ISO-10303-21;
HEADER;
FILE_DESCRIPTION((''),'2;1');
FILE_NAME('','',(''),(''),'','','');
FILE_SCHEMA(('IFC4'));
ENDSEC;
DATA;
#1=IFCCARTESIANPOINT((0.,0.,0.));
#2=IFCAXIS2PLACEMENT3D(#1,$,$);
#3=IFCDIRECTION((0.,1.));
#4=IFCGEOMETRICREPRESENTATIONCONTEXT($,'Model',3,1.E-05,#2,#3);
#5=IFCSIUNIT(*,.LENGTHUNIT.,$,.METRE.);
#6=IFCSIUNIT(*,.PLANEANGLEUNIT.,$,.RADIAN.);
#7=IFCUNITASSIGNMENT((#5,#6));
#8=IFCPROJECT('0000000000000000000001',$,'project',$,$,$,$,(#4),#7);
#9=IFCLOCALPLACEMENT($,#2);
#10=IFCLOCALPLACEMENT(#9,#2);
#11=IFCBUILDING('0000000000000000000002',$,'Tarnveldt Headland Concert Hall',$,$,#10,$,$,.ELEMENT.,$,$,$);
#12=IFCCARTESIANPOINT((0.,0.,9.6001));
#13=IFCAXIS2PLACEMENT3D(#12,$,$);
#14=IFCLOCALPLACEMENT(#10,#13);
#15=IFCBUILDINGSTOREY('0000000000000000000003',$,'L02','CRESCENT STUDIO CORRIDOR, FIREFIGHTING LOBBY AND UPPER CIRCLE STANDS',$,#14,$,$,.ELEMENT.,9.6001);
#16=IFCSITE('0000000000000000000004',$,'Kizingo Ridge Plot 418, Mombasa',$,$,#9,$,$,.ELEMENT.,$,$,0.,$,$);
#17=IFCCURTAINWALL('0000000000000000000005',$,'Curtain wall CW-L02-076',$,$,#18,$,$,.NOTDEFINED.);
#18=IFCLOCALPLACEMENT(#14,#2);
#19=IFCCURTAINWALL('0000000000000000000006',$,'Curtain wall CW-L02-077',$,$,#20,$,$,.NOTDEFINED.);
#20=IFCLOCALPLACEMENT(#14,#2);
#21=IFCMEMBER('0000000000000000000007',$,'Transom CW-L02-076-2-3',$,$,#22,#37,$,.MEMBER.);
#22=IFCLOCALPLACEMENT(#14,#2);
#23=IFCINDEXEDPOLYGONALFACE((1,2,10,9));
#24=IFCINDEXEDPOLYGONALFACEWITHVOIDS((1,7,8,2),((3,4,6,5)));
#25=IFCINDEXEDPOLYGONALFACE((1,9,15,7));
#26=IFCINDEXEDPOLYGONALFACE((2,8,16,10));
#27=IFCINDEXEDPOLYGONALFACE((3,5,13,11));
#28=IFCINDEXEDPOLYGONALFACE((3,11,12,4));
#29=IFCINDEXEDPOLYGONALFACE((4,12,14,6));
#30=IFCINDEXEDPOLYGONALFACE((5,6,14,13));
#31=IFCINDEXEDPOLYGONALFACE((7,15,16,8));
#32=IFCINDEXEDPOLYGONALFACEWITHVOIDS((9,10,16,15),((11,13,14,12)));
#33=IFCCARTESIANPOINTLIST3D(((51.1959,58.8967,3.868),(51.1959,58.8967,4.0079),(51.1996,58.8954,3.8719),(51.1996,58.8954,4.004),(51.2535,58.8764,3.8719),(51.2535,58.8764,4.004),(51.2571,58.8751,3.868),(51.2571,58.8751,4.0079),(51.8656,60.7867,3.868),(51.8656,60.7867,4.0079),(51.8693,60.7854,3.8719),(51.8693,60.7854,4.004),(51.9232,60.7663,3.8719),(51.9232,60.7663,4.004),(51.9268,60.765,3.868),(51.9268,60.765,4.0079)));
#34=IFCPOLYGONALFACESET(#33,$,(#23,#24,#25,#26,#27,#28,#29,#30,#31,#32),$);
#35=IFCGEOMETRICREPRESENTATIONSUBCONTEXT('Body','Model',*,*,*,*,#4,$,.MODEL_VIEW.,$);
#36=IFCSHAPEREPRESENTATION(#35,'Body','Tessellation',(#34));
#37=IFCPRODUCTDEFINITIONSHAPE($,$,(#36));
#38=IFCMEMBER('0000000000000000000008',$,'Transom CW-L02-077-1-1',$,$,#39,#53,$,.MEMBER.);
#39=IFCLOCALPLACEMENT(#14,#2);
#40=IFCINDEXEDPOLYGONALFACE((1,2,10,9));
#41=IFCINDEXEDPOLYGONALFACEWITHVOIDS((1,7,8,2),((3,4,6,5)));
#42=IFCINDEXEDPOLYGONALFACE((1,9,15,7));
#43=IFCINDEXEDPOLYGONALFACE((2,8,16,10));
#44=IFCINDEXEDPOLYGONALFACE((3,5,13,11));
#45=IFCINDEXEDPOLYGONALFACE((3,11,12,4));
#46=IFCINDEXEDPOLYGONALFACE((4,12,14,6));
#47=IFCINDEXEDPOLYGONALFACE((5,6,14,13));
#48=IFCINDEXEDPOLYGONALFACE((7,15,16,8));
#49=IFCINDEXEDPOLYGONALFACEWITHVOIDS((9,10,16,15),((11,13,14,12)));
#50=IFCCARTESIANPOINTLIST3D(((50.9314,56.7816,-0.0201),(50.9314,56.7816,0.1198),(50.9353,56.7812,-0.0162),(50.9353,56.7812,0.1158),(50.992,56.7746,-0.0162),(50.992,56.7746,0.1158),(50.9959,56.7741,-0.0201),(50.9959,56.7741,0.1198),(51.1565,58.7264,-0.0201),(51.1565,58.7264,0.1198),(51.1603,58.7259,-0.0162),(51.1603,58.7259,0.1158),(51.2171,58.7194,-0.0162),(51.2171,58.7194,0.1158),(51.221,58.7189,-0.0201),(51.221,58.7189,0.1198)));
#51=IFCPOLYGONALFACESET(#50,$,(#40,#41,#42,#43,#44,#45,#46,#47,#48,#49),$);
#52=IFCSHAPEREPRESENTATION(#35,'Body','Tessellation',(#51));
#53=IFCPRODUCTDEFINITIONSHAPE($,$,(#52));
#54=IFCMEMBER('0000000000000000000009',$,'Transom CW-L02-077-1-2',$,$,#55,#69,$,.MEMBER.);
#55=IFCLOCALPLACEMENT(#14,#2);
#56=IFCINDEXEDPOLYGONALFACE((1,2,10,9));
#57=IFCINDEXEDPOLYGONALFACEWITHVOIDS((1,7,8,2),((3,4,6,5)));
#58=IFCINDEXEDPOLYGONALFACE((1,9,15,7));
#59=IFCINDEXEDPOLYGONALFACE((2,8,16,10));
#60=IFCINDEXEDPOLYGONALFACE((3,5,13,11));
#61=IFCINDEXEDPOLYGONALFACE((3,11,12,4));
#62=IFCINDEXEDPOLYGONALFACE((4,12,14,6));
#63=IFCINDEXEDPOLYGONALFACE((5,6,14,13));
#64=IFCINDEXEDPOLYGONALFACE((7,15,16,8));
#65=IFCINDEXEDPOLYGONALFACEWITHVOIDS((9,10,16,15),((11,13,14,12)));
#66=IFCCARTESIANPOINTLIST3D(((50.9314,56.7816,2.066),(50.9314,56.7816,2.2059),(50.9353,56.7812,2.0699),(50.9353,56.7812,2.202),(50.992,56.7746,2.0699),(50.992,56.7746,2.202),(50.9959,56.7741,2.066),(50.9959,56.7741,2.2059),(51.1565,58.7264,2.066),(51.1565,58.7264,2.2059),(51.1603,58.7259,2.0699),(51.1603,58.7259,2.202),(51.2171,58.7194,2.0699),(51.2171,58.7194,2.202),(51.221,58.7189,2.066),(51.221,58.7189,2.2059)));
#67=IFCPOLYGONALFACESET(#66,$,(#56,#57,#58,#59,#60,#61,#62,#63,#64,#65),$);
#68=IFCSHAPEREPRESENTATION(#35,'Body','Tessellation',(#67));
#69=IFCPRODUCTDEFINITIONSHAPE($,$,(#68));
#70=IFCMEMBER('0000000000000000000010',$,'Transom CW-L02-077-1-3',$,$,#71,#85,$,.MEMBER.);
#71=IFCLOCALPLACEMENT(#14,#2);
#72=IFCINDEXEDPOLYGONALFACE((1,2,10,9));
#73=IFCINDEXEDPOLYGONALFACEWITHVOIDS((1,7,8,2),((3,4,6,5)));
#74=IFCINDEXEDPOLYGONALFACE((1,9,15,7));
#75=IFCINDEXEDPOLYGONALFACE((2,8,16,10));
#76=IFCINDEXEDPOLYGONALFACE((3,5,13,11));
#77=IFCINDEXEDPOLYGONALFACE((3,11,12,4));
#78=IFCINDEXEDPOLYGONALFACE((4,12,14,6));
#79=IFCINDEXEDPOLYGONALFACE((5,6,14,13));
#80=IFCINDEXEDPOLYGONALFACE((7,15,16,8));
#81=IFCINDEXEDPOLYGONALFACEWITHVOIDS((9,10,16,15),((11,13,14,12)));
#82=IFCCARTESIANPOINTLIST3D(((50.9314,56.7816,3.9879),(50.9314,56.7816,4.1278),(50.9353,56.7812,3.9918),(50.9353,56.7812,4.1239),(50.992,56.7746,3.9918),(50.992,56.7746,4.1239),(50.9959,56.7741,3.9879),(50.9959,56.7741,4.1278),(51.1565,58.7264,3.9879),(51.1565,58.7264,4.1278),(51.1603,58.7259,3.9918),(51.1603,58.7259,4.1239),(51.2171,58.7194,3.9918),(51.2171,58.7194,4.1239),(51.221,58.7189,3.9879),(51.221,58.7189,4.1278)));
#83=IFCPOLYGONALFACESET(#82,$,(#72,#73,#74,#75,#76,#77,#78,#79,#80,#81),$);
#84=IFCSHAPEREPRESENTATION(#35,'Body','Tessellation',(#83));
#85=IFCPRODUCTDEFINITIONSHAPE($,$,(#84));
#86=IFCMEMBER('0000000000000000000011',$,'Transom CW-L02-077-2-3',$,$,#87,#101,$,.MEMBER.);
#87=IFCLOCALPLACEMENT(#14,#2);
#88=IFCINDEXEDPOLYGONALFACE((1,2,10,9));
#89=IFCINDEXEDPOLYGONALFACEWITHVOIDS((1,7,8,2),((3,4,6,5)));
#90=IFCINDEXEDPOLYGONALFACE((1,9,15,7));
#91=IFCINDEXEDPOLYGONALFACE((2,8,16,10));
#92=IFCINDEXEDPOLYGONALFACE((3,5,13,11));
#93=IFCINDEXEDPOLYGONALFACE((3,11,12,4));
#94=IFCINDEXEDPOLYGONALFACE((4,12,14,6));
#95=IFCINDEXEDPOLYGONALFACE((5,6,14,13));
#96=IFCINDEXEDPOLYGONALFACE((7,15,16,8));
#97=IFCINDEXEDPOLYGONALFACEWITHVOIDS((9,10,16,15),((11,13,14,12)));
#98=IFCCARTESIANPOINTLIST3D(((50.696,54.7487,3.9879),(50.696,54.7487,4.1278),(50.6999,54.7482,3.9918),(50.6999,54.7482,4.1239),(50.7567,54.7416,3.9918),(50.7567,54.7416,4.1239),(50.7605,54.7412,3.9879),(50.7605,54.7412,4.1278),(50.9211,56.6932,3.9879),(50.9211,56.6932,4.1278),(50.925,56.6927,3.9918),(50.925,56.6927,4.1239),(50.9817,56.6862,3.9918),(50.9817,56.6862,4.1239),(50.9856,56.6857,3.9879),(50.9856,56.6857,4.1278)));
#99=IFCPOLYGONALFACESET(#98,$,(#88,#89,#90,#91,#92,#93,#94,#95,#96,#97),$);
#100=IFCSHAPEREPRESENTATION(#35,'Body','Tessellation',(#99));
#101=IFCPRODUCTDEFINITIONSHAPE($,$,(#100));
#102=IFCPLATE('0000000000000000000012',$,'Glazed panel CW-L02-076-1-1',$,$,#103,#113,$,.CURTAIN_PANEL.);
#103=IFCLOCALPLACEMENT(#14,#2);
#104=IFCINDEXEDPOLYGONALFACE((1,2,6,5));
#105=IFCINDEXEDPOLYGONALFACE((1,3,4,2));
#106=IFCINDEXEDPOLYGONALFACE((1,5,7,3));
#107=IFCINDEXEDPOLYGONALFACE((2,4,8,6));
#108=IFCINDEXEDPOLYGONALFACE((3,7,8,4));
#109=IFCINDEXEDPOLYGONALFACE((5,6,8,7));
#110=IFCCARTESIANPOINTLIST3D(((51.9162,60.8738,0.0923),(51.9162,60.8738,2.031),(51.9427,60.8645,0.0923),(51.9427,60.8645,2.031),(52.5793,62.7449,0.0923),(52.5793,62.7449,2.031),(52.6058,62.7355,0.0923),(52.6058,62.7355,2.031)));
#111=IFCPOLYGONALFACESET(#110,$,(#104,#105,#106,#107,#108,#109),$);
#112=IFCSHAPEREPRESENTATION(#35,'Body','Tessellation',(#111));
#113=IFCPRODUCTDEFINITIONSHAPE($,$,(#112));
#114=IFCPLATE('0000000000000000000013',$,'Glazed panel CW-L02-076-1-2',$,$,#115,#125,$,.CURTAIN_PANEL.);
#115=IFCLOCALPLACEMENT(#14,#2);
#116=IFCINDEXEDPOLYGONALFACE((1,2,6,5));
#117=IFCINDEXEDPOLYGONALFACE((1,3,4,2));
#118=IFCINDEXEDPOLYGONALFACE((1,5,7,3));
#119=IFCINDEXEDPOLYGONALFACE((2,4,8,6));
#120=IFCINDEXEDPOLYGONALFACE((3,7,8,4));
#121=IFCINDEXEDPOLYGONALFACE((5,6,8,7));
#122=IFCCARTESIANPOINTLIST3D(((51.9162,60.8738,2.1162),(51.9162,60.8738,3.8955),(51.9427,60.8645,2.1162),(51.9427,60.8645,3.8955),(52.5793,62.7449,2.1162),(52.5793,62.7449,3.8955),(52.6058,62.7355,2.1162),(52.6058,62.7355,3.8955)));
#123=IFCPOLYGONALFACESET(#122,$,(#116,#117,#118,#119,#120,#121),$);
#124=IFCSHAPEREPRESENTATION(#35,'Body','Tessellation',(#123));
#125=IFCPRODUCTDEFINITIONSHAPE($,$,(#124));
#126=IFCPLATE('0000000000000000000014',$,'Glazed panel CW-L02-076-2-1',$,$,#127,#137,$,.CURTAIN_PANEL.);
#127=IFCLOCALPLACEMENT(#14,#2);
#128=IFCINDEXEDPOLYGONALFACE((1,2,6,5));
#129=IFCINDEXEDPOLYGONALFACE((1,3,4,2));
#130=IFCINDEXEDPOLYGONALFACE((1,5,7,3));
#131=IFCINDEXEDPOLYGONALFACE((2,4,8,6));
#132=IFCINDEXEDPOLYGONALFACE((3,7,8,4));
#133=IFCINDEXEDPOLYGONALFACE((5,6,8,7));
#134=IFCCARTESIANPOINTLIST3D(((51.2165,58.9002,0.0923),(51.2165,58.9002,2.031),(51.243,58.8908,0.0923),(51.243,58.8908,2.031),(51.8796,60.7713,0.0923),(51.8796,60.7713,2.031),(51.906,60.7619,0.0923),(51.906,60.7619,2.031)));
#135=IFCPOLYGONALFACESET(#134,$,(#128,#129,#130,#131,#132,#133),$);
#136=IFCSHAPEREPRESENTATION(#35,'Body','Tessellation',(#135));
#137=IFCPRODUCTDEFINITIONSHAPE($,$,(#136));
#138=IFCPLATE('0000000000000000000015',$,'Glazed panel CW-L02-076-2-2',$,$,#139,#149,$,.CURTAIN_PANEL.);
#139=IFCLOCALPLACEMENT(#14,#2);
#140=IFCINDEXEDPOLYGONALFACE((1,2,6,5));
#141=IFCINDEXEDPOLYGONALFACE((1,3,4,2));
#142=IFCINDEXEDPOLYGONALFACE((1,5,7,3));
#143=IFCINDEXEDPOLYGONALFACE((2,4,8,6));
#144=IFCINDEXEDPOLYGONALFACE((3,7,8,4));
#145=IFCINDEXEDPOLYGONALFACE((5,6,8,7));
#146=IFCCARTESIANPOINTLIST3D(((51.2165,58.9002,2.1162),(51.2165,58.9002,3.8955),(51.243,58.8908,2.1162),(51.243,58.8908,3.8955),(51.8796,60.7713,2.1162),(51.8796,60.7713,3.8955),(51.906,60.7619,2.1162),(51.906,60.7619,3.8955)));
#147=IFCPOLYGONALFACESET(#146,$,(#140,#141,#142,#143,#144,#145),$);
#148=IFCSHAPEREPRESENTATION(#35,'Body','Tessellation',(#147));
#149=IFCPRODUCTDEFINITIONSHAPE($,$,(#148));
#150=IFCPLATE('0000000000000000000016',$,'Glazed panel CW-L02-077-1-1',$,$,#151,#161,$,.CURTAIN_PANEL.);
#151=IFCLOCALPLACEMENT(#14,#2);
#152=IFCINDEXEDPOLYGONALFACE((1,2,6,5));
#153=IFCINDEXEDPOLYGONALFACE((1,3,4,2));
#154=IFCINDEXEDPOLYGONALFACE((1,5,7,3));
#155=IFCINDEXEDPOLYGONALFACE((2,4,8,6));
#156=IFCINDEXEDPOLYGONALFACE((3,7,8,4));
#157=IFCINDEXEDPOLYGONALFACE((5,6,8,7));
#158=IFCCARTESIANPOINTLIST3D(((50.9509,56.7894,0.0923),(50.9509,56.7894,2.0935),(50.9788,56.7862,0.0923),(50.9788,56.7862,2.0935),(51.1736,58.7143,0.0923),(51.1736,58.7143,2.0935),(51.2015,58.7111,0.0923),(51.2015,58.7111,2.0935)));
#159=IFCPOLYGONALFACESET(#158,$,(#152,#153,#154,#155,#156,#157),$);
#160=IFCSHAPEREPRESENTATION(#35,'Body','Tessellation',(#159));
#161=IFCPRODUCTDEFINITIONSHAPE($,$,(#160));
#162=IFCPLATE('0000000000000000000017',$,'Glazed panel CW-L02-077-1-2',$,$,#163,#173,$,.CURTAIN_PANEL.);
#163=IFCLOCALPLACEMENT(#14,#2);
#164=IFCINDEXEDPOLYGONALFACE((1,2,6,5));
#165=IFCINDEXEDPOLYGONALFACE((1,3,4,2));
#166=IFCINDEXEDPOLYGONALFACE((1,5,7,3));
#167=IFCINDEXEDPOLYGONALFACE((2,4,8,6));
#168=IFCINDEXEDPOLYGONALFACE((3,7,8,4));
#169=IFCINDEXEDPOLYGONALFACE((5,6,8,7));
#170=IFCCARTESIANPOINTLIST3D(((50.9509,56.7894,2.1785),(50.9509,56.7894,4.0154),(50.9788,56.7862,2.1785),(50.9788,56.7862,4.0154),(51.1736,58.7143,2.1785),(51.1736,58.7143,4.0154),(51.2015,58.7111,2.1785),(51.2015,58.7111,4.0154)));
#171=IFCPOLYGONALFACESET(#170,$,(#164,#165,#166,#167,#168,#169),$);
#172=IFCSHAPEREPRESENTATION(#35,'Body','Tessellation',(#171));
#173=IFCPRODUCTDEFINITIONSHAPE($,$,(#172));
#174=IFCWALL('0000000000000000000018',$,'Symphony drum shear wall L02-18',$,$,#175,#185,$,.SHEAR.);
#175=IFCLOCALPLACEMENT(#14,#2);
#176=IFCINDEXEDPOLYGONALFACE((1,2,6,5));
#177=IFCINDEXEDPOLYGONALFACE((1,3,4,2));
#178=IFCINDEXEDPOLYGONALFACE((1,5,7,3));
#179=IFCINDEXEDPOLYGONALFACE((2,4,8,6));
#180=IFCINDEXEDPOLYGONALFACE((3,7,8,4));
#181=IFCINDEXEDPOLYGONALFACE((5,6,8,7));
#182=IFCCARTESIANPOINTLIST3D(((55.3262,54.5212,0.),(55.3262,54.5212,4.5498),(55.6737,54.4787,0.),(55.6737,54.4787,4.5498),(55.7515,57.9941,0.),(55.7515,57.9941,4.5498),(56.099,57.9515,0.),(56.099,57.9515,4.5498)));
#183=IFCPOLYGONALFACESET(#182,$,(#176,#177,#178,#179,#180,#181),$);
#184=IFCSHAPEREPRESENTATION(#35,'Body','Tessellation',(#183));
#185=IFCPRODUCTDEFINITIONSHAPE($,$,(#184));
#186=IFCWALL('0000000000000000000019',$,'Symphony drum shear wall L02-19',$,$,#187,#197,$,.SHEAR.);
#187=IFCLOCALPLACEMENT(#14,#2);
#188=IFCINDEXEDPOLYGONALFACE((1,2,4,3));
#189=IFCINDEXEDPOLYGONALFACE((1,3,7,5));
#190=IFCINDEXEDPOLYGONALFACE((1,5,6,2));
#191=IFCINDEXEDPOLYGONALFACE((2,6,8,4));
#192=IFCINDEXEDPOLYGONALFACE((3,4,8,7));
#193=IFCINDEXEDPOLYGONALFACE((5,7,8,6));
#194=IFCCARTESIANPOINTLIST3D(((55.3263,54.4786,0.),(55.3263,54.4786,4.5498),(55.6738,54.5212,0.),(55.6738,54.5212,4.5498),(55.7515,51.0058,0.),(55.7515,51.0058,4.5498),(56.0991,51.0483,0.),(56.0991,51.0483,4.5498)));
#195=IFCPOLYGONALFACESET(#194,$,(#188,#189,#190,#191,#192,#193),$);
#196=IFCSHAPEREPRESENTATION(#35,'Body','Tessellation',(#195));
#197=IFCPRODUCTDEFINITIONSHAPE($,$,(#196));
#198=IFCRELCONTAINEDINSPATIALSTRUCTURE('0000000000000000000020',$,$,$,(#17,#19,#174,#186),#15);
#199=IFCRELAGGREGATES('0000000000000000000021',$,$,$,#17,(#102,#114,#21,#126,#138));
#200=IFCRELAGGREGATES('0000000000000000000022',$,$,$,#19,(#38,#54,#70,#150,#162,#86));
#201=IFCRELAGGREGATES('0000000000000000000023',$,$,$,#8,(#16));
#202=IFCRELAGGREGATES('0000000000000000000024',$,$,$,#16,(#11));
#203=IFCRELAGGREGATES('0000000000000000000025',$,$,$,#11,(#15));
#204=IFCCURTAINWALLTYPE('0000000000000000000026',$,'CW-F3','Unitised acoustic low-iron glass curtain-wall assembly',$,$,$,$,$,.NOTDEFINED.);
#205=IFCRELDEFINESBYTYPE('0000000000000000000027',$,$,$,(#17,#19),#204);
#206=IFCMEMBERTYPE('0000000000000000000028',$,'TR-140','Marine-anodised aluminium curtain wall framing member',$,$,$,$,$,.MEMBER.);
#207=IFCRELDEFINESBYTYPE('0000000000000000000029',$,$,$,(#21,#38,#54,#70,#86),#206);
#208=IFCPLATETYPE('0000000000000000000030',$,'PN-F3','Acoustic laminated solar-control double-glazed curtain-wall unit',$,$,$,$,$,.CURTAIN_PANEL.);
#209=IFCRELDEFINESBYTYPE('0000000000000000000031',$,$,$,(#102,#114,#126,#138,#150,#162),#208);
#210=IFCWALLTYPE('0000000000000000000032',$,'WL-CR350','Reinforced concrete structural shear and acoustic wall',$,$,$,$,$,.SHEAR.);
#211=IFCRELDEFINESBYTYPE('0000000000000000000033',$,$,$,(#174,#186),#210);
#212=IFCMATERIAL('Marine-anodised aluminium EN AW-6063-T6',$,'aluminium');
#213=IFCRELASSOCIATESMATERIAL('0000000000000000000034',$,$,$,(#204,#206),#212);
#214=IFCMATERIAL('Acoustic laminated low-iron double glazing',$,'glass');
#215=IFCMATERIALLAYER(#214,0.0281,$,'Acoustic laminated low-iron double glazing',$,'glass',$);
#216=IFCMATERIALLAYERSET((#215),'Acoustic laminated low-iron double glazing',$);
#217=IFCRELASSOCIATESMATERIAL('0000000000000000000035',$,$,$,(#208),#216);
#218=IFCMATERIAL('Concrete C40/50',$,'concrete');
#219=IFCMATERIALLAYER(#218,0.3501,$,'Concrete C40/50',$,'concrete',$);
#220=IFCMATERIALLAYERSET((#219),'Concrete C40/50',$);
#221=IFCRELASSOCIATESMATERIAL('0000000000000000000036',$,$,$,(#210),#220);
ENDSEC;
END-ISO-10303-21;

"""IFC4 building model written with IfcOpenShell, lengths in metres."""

from ifc_helpers import new_model, si_unit, direction, frame, frame_2d, origin, origin_2d, place, context, subcontext, project, spatial, rectangle, hollow_rectangle, extrude, material, layer, layer_set, material_profile, profile_set, type_object, element, aggregate, save


model = new_model("IFC4")

# Units and contexts
model_context = context("Model", 3, precision=1e-05, world=origin(), true_north=direction((0.0, 1.0)))
body_context = subcontext(model_context, "Body", "Model", "MODEL_VIEW")
ifc_project = project(units=[si_unit("LENGTHUNIT", "METRE"), si_unit("PLANEANGLEUNIT", "RADIAN")], contexts=[model_context])

# Site, building, storey
site_placement = place(None, origin())
site = spatial("IfcSite", under=ifc_project, at=site_placement, Name="Kizingo Ridge Plot 418, Mombasa", CompositionType="ELEMENT", RefElevation=0.0)
building_placement = place(site_placement, origin())
building = spatial("IfcBuilding", under=site, at=building_placement, Name="Tarnveldt Headland Concert Hall", CompositionType="ELEMENT")
storey_placement = place(building_placement, frame((0.0, 0.0, 9.6001)))
storey = spatial("IfcBuildingStorey", under=building, at=storey_placement, Name="L02", Description="CRESCENT STUDIO CORRIDOR, FIREFIGHTING LOBBY AND UPPER CIRCLE STANDS", CompositionType="ELEMENT", Elevation=9.6001)

# Shared definitions
ifc_material_1 = material(Name="Concrete C40/50", Category="concrete")

# Curtain walls
ifc_material_2 = material(Name="Marine-anodised aluminium EN AW-6063-T6", Category="aluminium")
curtain_wall_type = type_object("IfcCurtainWallType", Name="CW-F3", Description="Unitised acoustic low-iron glass curtain-wall assembly", PredefinedType="NOTDEFINED", material=ifc_material_2)
curtain_wall_1_placement = place(storey_placement, origin())
curtain_wall_1 = element("IfcCurtainWall", 1, at=curtain_wall_1_placement, inside=storey, type_object=curtain_wall_type, Name="Curtain wall CW-L02-076", PredefinedType="NOTDEFINED")
curtain_wall_2_placement = place(storey_placement, origin())
curtain_wall_2 = element("IfcCurtainWall", 2, at=curtain_wall_2_placement, inside=storey, type_object=curtain_wall_type, Name="Curtain wall CW-L02-077", PredefinedType="NOTDEFINED")

# Members
ifc_material_profile_1 = material_profile(ifc_material_2, hollow_rectangle(XDim=0.0649, YDim=0.1399, WallThickness=0.0039, at=origin_2d()), Name="ALU TRANSOM 65x140x4", Category="aluminium")
ifc_profile_set_1 = profile_set([ifc_material_profile_1], Name="Marine-anodised aluminium EN AW-6063-T6")
member_type_1 = type_object("IfcMemberType", Name="TR-140", Description="Marine-anodised aluminium curtain wall framing member", PredefinedType="MEMBER", material=ifc_profile_set_1)
member_1_placement = place(storey_placement, frame((51.8962, 60.7759, 3.938), z_axis=(-0.333998, -0.942574, 0.0), x_axis=(0.942574, -0.333998, 0.0)))
member_1 = element("IfcMember", 3, at=member_1_placement, type_object=member_type_1, Name="Transom CW-L02-076-2-3", PredefinedType="MEMBER", context=body_context, shape_type="SweptSolid", body=[
    extrude(hollow_rectangle(XDim=0.0649, YDim=0.1399, WallThickness=0.0039, at=origin_2d()), origin(), (0.0, 0.0, 1.0), 2.0051),
])
member_2_placement = place(storey_placement, frame((51.1887, 58.7227, 0.0498), z_axis=(-0.114974, -0.993368, 0.0), x_axis=(0.993368, -0.114974, 0.0)))
member_2 = element("IfcMember", 4, at=member_2_placement, type_object=member_type_1, Name="Transom CW-L02-077-1-1", PredefinedType="MEMBER", context=body_context, shape_type="SweptSolid", body=[
    extrude(hollow_rectangle(XDim=0.0649, YDim=0.1399, WallThickness=0.0039, at=origin_2d()), origin(), (0.0, 0.0, 1.0), 1.9578),
])
member_3_placement = place(storey_placement, frame((51.1887, 58.7227, 2.136), z_axis=(-0.114974, -0.993368, 0.0), x_axis=(0.993368, -0.114974, 0.0)))
member_3 = element("IfcMember", 5, at=member_3_placement, type_object=member_type_1, Name="Transom CW-L02-077-1-2", PredefinedType="MEMBER", context=body_context, shape_type="SweptSolid", body=[
    extrude(hollow_rectangle(XDim=0.0649, YDim=0.1399, WallThickness=0.0039, at=origin_2d()), origin(), (0.0, 0.0, 1.0), 1.9578),
])
member_4_placement = place(storey_placement, frame((51.1887, 58.7227, 4.0579), z_axis=(-0.114974, -0.993368, 0.0), x_axis=(0.993368, -0.114974, 0.0)))
member_4 = element("IfcMember", 6, at=member_4_placement, type_object=member_type_1, Name="Transom CW-L02-077-1-3", PredefinedType="MEMBER", context=body_context, shape_type="SweptSolid", body=[
    extrude(hollow_rectangle(XDim=0.0649, YDim=0.1399, WallThickness=0.0039, at=origin_2d()), origin(), (0.0, 0.0, 1.0), 1.9578),
])
member_5_placement = place(storey_placement, frame((50.9534, 56.6895, 4.0579), z_axis=(-0.114989, -0.993367, 0.0), x_axis=(0.993367, -0.114989, 0.0)))
member_5 = element("IfcMember", 7, at=member_5_placement, type_object=member_type_1, Name="Transom CW-L02-077-2-3", PredefinedType="MEMBER", context=body_context, shape_type="SweptSolid", body=[
    extrude(hollow_rectangle(XDim=0.0649, YDim=0.1399, WallThickness=0.0039, at=origin_2d()), origin(), (0.0, 0.0, 1.0), 1.9575),
])

# Plates
ifc_material_3 = material(Name="Acoustic laminated low-iron double glazing", Category="glass")
ifc_layer_1 = layer(ifc_material_3, 0.0281, Name="Acoustic laminated low-iron double glazing", Category="glass")
ifc_layer_set_1 = layer_set([ifc_layer_1], Name="Acoustic laminated low-iron double glazing")
plate_type = type_object("IfcPlateType", Name="PN-F3", Description="Acoustic laminated solar-control double-glazed curtain-wall unit", PredefinedType="CURTAIN_PANEL", material=ifc_layer_set_1)
plate_1_placement = place(storey_placement, frame((52.261, 61.8047, 0.0923), z_axis=(0.0, 0.0, 1.0), x_axis=(-0.334021, -0.942566, 0.0)))
plate_1 = element("IfcPlate", 8, at=plate_1_placement, type_object=plate_type, Name="Glazed panel CW-L02-076-1-1", PredefinedType="CURTAIN_PANEL", context=body_context, shape_type="SweptSolid", body=[
    extrude(rectangle(XDim=1.9851, YDim=0.0281, at=origin_2d()), origin(), (0.0, 0.0, 1.0), 1.9387),
])
plate_2_placement = place(storey_placement, frame((52.261, 61.8047, 2.1162), z_axis=(0.0, 0.0, 1.0), x_axis=(-0.334021, -0.942566, 0.0)))
plate_2 = element("IfcPlate", 9, at=plate_2_placement, type_object=plate_type, Name="Glazed panel CW-L02-076-1-2", PredefinedType="CURTAIN_PANEL", context=body_context, shape_type="SweptSolid", body=[
    extrude(rectangle(XDim=1.9851, YDim=0.0281, at=origin_2d()), origin(), (0.0, 0.0, 1.0), 1.7793),
])
plate_3_placement = place(storey_placement, frame((51.5613, 59.8311, 0.0923), z_axis=(0.0, 0.0, 1.0), x_axis=(-0.334021, -0.942566, 0.0)))
plate_3 = element("IfcPlate", 10, at=plate_3_placement, type_object=plate_type, Name="Glazed panel CW-L02-076-2-1", PredefinedType="CURTAIN_PANEL", context=body_context, shape_type="SweptSolid", body=[
    extrude(rectangle(XDim=1.9851, YDim=0.0281, at=origin_2d()), origin(), (0.0, 0.0, 1.0), 1.9387),
])
plate_4_placement = place(storey_placement, frame((51.5613, 59.8311, 2.1162), z_axis=(0.0, 0.0, 1.0), x_axis=(-0.334021, -0.942566, 0.0)))
plate_4 = element("IfcPlate", 11, at=plate_4_placement, type_object=plate_type, Name="Glazed panel CW-L02-076-2-2", PredefinedType="CURTAIN_PANEL", context=body_context, shape_type="SweptSolid", body=[
    extrude(rectangle(XDim=1.9851, YDim=0.0281, at=origin_2d()), origin(), (0.0, 0.0, 1.0), 1.7793),
])
aggregate(curtain_wall_1, [plate_1, plate_2, member_1, plate_3, plate_4])
plate_5_placement = place(storey_placement, frame((51.0762, 57.7502, 0.0923), z_axis=(0.0, 0.0, 1.0), x_axis=(-0.114937, -0.993373, 0.0)))
plate_5 = element("IfcPlate", 12, at=plate_5_placement, type_object=plate_type, Name="Glazed panel CW-L02-077-1-1", PredefinedType="CURTAIN_PANEL", context=body_context, shape_type="SweptSolid", body=[
    extrude(rectangle(XDim=1.9377, YDim=0.0281, at=origin_2d()), origin(), (0.0, 0.0, 1.0), 2.0012),
])
plate_6_placement = place(storey_placement, frame((51.0762, 57.7502, 2.1785), z_axis=(0.0, 0.0, 1.0), x_axis=(-0.114937, -0.993373, 0.0)))
plate_6 = element("IfcPlate", 13, at=plate_6_placement, type_object=plate_type, Name="Glazed panel CW-L02-077-1-2", PredefinedType="CURTAIN_PANEL", context=body_context, shape_type="SweptSolid", body=[
    extrude(rectangle(XDim=1.9377, YDim=0.0281, at=origin_2d()), origin(), (0.0, 0.0, 1.0), 1.8369),
])
aggregate(curtain_wall_2, [member_2, member_3, member_4, plate_5, plate_6, member_5])

# Walls
ifc_layer_2 = layer(ifc_material_1, 0.3501, Name="Concrete C40/50", Category="concrete")
ifc_layer_set_2 = layer_set([ifc_layer_2], Name="Concrete C40/50")
wall_type_1 = type_object("IfcWallType", Name="WL-CR350", Description="Reinforced concrete structural shear and acoustic wall", PredefinedType="SHEAR", material=ifc_layer_set_2)
for number, where, z_axis, x_axis, name in (
    (14, (55.9253, 57.9729, 0.0), (0.0, 0.0, 1.0), (-0.121552, -0.992585, 0.0), "Symphony drum shear wall L02-18"),
    (15, (55.5, 54.5, 0.0), (0.0, 0.0, 1.0), (0.121552, -0.992585, 0.0), "Symphony drum shear wall L02-19"),
):
    element("IfcWall", number, at=place(storey_placement, frame(where, z_axis=z_axis, x_axis=x_axis)), inside=storey, type_object=wall_type_1, Name=name, PredefinedType="SHEAR", context=body_context, shape_type="SweptSolid", body=[
        extrude(rectangle(XDim=3.4988, YDim=0.3501, at=frame_2d((1.7495, 0.0))), origin(), (0.0, 0.0, 1.0), 4.5498),
    ])

save(model, "model.ifc")
